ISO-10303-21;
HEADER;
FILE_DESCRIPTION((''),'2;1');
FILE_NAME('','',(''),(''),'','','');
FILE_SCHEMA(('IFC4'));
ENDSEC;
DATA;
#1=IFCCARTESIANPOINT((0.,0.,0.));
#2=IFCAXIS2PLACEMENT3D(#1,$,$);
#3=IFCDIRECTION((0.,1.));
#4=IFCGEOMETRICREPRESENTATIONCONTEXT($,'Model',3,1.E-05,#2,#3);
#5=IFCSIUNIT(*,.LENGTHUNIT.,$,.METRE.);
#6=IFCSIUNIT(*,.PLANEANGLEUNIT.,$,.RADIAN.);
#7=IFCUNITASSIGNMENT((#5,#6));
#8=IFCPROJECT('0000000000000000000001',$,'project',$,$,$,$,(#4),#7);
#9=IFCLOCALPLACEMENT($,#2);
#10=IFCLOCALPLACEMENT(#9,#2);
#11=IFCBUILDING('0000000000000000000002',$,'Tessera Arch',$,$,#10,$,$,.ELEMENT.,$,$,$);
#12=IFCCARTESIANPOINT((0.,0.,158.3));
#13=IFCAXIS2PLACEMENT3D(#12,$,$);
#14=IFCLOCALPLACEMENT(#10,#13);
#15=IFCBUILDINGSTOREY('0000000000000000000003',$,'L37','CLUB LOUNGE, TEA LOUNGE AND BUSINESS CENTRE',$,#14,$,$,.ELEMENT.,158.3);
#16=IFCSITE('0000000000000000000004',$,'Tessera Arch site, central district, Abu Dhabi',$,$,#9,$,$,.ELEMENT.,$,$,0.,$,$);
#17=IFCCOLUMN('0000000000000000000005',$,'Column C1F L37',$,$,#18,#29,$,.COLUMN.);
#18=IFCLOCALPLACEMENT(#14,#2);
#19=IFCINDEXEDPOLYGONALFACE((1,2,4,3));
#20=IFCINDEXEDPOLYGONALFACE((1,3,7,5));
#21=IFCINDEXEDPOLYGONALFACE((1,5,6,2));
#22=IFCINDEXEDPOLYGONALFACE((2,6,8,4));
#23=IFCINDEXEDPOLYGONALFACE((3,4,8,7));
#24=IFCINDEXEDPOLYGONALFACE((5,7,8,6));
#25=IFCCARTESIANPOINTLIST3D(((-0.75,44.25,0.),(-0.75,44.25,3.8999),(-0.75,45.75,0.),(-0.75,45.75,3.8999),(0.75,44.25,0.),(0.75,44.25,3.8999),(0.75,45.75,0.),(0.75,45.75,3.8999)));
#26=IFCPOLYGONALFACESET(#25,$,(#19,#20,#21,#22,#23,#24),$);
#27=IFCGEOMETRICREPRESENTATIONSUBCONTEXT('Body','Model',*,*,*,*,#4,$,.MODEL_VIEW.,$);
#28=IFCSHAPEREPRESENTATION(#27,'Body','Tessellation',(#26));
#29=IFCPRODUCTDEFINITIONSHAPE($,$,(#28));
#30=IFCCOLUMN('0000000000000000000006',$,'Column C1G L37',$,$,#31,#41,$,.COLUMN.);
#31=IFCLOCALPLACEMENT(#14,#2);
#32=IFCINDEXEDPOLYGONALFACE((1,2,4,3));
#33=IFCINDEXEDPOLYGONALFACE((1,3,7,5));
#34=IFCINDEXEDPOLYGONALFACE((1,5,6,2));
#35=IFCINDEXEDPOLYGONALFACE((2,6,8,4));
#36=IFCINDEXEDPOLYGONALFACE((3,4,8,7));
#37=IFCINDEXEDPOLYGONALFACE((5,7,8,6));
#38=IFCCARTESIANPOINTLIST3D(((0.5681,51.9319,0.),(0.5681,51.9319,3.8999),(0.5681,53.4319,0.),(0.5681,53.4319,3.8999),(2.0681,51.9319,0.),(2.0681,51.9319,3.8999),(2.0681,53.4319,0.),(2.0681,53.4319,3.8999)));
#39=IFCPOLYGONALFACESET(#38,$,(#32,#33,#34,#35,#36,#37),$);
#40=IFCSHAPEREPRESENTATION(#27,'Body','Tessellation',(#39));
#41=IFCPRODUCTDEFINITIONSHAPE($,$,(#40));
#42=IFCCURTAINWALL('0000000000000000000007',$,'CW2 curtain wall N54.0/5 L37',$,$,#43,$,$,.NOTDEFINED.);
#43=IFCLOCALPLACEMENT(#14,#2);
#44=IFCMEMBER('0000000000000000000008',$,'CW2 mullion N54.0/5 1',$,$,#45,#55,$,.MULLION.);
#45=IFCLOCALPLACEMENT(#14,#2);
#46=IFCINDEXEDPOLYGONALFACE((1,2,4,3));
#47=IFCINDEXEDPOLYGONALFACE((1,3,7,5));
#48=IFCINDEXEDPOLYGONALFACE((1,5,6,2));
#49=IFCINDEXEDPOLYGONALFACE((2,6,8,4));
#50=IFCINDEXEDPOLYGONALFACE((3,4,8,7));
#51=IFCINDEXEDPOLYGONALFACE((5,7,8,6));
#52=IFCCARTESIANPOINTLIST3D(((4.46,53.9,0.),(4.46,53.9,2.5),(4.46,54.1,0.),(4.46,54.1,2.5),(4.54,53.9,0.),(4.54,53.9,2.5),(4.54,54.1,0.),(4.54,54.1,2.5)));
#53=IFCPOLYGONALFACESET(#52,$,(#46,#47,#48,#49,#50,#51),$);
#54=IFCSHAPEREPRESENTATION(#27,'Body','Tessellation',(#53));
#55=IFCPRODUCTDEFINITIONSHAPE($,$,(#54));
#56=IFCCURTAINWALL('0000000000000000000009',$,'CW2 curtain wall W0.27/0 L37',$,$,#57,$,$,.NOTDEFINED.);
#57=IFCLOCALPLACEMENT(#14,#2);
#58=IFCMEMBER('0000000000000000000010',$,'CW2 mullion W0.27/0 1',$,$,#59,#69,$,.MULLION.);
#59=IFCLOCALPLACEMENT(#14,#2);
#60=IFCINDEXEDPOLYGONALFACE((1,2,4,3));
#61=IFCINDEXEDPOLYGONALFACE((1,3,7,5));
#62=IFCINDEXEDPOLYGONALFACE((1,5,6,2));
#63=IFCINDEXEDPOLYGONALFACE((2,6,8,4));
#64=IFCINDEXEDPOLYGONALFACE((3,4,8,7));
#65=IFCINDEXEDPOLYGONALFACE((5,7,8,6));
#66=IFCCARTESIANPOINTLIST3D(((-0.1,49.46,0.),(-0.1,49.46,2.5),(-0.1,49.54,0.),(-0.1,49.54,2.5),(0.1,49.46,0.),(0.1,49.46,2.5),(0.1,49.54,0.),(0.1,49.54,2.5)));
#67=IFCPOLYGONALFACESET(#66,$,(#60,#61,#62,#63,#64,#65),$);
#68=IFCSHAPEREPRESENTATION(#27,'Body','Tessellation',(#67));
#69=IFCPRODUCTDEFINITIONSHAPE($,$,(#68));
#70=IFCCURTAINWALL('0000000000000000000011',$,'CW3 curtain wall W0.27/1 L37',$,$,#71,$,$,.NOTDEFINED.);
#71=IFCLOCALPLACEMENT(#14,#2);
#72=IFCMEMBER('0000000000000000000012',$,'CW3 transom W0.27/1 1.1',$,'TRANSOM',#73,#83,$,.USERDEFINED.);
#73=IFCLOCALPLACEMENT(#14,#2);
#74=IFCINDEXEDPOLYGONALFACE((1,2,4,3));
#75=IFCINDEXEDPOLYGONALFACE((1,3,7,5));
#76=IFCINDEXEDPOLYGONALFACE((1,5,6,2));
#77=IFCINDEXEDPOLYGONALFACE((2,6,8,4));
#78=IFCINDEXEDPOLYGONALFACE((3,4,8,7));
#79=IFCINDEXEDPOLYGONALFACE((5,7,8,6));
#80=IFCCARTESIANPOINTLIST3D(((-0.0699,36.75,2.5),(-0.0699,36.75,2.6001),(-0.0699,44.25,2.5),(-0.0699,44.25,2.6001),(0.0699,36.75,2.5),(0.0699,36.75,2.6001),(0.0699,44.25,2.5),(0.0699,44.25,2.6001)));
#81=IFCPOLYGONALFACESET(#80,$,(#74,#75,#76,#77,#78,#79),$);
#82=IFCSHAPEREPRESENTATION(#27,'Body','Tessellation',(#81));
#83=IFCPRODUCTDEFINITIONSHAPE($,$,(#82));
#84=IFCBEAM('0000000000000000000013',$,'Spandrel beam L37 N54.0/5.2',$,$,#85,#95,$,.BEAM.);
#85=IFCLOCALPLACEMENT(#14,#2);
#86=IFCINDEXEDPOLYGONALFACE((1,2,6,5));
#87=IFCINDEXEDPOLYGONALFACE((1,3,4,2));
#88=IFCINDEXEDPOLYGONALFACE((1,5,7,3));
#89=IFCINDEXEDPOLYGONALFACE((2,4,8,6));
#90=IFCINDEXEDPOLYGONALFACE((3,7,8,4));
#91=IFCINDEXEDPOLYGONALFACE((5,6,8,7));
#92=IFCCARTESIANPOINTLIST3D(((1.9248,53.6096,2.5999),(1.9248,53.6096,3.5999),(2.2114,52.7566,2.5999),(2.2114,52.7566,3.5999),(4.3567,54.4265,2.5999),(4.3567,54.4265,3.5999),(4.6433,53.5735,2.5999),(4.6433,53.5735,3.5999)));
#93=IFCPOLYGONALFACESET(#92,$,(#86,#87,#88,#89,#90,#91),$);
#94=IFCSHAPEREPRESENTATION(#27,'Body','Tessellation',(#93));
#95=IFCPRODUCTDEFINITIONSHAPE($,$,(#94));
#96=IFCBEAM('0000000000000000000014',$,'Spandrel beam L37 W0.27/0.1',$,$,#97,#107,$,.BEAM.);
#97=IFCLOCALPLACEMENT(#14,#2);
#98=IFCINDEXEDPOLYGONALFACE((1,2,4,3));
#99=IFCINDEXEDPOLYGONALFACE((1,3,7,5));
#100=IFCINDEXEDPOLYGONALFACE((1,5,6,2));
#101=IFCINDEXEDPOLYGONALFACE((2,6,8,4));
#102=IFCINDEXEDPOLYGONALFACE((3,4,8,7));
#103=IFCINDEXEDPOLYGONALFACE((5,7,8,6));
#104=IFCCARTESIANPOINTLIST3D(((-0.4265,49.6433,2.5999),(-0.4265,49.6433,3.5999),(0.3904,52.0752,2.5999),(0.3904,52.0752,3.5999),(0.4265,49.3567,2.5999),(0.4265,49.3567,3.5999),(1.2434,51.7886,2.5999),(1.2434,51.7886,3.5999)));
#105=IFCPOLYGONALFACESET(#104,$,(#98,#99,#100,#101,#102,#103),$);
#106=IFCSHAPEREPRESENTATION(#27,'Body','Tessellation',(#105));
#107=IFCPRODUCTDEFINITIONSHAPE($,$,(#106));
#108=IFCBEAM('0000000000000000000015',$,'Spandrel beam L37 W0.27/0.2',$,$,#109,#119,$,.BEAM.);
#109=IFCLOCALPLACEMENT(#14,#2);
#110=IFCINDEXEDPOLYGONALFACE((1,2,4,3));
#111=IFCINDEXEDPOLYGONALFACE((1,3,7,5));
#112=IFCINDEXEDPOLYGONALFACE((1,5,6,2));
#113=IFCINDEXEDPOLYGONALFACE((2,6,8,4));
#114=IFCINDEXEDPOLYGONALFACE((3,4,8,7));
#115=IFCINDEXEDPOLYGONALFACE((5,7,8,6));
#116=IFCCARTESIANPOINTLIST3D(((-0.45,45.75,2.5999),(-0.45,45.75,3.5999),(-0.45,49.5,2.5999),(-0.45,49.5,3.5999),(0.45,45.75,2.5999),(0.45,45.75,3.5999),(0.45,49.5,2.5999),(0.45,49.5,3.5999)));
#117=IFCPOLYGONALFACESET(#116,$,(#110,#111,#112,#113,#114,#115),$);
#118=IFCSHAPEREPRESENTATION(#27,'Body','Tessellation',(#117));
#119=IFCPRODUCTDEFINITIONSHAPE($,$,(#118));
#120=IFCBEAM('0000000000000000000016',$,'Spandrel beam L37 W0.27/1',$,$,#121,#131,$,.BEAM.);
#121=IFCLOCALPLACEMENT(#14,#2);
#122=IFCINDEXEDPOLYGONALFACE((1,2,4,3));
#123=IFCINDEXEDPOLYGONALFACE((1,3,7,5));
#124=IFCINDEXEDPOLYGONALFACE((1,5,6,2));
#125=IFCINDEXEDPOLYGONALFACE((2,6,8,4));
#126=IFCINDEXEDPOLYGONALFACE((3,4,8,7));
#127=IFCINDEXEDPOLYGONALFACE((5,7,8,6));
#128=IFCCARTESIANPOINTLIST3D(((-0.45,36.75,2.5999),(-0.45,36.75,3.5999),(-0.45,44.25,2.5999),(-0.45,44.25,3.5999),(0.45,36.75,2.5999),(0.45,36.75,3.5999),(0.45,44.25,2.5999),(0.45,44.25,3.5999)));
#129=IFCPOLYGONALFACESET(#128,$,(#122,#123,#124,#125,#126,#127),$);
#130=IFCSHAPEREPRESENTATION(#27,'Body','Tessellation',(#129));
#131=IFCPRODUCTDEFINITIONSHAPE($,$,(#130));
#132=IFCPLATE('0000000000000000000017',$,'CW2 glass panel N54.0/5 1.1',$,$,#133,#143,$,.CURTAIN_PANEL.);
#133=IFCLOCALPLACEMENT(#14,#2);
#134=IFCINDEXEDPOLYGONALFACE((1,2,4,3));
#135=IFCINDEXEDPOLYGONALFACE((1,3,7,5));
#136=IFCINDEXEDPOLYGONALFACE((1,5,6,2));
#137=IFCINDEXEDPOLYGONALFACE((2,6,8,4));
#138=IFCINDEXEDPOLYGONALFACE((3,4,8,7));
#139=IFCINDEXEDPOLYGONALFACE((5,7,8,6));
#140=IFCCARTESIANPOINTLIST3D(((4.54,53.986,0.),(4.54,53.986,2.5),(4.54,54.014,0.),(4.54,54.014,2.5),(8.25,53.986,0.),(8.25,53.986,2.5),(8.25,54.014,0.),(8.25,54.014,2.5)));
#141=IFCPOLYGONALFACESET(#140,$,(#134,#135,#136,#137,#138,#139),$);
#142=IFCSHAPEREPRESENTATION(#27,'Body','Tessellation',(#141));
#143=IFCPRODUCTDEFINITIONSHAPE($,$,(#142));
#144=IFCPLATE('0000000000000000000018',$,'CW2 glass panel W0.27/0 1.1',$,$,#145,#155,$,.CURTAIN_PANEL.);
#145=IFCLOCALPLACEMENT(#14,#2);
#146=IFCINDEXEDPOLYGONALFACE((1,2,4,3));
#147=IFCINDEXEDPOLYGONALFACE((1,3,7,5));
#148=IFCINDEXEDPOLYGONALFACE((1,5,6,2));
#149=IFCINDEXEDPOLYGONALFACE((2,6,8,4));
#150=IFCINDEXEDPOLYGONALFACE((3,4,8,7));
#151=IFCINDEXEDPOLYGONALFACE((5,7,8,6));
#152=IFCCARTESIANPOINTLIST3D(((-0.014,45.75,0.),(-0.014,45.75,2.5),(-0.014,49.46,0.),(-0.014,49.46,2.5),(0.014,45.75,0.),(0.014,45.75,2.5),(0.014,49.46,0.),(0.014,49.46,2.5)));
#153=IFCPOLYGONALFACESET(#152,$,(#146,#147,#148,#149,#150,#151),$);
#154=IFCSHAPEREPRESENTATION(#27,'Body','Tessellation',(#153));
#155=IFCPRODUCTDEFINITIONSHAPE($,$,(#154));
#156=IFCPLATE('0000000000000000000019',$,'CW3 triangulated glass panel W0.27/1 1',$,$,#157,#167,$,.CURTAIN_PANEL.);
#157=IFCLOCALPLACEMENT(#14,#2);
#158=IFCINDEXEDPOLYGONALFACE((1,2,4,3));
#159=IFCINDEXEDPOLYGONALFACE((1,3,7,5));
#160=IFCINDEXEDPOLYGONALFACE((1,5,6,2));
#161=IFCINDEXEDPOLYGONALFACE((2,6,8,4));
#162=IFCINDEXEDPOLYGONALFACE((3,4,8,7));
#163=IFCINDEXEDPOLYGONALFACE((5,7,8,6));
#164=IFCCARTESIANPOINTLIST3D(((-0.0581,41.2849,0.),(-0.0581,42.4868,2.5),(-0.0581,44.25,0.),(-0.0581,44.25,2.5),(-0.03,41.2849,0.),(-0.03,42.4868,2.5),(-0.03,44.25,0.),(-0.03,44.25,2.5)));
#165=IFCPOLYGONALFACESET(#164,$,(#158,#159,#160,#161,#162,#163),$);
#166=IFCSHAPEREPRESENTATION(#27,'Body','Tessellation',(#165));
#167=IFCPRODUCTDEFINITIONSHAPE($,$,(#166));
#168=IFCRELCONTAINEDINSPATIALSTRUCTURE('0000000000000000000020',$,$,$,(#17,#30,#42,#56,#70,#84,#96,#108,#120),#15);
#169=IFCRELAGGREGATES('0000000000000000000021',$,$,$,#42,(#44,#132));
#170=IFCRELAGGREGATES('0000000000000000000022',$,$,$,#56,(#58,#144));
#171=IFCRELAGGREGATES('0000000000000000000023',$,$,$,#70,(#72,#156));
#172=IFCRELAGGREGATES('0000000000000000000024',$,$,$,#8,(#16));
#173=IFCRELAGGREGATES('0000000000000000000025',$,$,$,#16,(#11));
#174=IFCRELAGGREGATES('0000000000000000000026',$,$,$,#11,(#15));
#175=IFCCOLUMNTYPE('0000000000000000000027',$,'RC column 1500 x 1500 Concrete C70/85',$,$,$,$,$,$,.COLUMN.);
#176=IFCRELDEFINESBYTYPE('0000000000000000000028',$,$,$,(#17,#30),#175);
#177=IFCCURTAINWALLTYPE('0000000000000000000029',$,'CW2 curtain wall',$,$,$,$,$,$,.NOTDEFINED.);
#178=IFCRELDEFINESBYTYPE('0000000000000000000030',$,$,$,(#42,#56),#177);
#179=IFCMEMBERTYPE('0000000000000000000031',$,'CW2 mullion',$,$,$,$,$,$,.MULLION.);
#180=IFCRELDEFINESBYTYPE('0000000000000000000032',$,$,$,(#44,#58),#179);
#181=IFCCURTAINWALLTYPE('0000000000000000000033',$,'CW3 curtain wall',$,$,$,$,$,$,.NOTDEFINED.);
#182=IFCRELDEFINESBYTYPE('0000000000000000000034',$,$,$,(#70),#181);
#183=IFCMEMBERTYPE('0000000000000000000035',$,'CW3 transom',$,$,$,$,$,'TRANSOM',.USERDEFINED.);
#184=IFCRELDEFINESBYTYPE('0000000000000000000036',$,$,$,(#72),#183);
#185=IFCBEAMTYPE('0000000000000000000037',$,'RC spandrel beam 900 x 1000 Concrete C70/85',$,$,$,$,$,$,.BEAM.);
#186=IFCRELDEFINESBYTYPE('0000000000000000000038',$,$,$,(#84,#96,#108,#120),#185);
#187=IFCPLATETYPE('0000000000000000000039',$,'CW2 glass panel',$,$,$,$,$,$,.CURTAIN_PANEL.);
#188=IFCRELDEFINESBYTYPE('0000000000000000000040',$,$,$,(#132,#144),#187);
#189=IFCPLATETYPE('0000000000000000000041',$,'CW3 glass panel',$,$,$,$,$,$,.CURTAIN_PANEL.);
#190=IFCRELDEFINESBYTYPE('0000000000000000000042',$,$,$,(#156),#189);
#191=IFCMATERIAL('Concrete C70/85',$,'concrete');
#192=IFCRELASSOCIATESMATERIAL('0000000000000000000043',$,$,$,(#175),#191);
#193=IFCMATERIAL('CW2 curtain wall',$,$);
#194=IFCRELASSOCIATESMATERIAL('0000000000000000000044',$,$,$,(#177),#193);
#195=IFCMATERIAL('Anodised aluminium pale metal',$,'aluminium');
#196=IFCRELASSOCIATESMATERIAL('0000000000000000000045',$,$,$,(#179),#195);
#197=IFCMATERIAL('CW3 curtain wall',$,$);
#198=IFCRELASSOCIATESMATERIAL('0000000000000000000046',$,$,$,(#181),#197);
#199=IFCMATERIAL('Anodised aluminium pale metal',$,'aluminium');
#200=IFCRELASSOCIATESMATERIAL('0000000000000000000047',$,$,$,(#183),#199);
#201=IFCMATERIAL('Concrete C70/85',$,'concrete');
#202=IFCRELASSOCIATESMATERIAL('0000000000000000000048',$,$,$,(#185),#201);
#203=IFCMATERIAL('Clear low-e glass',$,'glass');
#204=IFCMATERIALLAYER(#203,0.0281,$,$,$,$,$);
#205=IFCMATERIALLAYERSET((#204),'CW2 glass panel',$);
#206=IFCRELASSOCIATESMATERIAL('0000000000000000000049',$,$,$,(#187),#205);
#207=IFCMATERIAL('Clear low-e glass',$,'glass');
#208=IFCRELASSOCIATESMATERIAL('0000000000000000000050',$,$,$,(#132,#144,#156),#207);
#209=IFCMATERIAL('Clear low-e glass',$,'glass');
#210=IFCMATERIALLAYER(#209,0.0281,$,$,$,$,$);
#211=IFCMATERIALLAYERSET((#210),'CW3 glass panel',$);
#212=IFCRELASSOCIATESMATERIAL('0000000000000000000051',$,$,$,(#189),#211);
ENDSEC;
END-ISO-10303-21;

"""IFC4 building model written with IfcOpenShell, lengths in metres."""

from ifc_helpers import new_model, si_unit, direction, frame, origin, origin_2d, place, context, subcontext, project, spatial, polyline, rectangle, outline, extrude, material, layer, layer_set, material_profile, profile_set, type_object, element, aggregate, save


model = new_model("IFC4")

# Units and contexts
model_context = context("Model", 3, precision=1e-05, world=origin(), true_north=direction((0.0, 1.0)))
body_context = subcontext(model_context, "Body", "Model", "MODEL_VIEW")
ifc_project = project(units=[si_unit("LENGTHUNIT", "METRE"), si_unit("PLANEANGLEUNIT", "RADIAN")], contexts=[model_context])

# Site, building, storey
site_placement = place(None, origin())
site = spatial("IfcSite", under=ifc_project, at=site_placement, Name="Tessera Arch site, central district, Abu Dhabi", CompositionType="ELEMENT", RefElevation=0.0)
building_placement = place(site_placement, origin())
building = spatial("IfcBuilding", under=site, at=building_placement, Name="Tessera Arch", CompositionType="ELEMENT")
storey_placement = place(building_placement, frame((0.0, 0.0, 158.3)))
storey = spatial("IfcBuildingStorey", under=building, at=storey_placement, Name="L37", Description="CLUB LOUNGE, TEA LOUNGE AND BUSINESS CENTRE", CompositionType="ELEMENT", Elevation=158.3)

# Columns
ifc_material_1 = material(Name="Concrete C70/85", Category="concrete")
ifc_material_profile_1 = material_profile(ifc_material_1, rectangle(XDim=1.5, YDim=1.5, at=origin_2d()), Name="RC column 1500 x 1500 Concrete C70/85")
ifc_profile_set_1 = profile_set([ifc_material_profile_1], Name="Concrete C70/85")
column_type = type_object("IfcColumnType", Name="RC column 1500 x 1500 Concrete C70/85", PredefinedType="COLUMN", material=ifc_profile_set_1)
for number, where, z_axis, x_axis, name in (
    (1, (0.0, 45.0, 0.0), (0.0, 0.0, 1.0), (1.0, 0.0, 0.0), "Column C1F L37"),
    (2, (1.3181, 52.6819, 0.0), (0.0, 0.0, 1.0), (1.0, 0.0, 0.0), "Column C1G L37"),
):
    element("IfcColumn", number, at=place(storey_placement, frame(where, z_axis=z_axis, x_axis=x_axis)), inside=storey, type_object=column_type, Name=name, PredefinedType="COLUMN", context=body_context, shape_type="SweptSolid", body=[
        extrude(rectangle(XDim=1.5, YDim=1.5, at=origin_2d()), origin(), (0.0, 0.0, 1.0), 3.8999),
    ])

# Curtain walls, members
ifc_material_2 = material(Name="CW2 curtain wall")
curtain_wall_type_1 = type_object("IfcCurtainWallType", Name="CW2 curtain wall", PredefinedType="NOTDEFINED", material=ifc_material_2)
curtain_wall_1_placement = place(storey_placement, origin())
curtain_wall_1 = element("IfcCurtainWall", 3, at=curtain_wall_1_placement, inside=storey, type_object=curtain_wall_type_1, Name="CW2 curtain wall N54.0/5 L37", PredefinedType="NOTDEFINED")
ifc_material_3 = material(Name="Anodised aluminium pale metal", Category="aluminium")
ifc_material_profile_2 = material_profile(ifc_material_3, rectangle(XDim=0.2, YDim=0.0801, at=origin_2d()), Name="AL 80x200")
ifc_profile_set_2 = profile_set([ifc_material_profile_2], Name="Anodised aluminium pale metal")
member_type_1 = type_object("IfcMemberType", Name="CW2 mullion", PredefinedType="MULLION", material=ifc_profile_set_2)
member_1_placement = place(storey_placement, frame((4.5, 54.0, 0.0), z_axis=(0.0, 0.0, 1.0), x_axis=(0.0, -1.0, 0.0)))
member_1 = element("IfcMember", 4, at=member_1_placement, type_object=member_type_1, Name="CW2 mullion N54.0/5 1", PredefinedType="MULLION", context=body_context, shape_type="SweptSolid", body=[
    extrude(rectangle(XDim=0.2, YDim=0.0801, at=origin_2d()), origin(), (0.0, 0.0, 1.0), 2.5),
])
curtain_wall_2_placement = place(storey_placement, origin())
curtain_wall_2 = element("IfcCurtainWall", 5, at=curtain_wall_2_placement, inside=storey, type_object=curtain_wall_type_1, Name="CW2 curtain wall W0.27/0 L37", PredefinedType="NOTDEFINED")
member_2_placement = place(storey_placement, frame((0.0, 49.5, 0.0), z_axis=(0.0, 0.0, 1.0), x_axis=(1.0, 0.0, 0.0)))
member_2 = element("IfcMember", 6, at=member_2_placement, type_object=member_type_1, Name="CW2 mullion W0.27/0 1", PredefinedType="MULLION", context=body_context, shape_type="SweptSolid", body=[
    extrude(rectangle(XDim=0.2, YDim=0.0801, at=origin_2d()), origin(), (0.0, 0.0, 1.0), 2.5),
])
ifc_material_4 = material(Name="CW3 curtain wall")
curtain_wall_type_2 = type_object("IfcCurtainWallType", Name="CW3 curtain wall", PredefinedType="NOTDEFINED", material=ifc_material_4)
curtain_wall_3_placement = place(storey_placement, origin())
curtain_wall_3 = element("IfcCurtainWall", 7, at=curtain_wall_3_placement, inside=storey, type_object=curtain_wall_type_2, Name="CW3 curtain wall W0.27/1 L37", PredefinedType="NOTDEFINED")
ifc_material_5 = material(Name="Anodised aluminium pale metal", Category="aluminium")
ifc_material_profile_3 = material_profile(ifc_material_5, rectangle(XDim=0.1399, YDim=0.1001, at=origin_2d()), Name="AL 140x100")
ifc_profile_set_3 = profile_set([ifc_material_profile_3], Name="Anodised aluminium pale metal")
member_type_2 = type_object("IfcMemberType", Name="CW3 transom", ElementType="TRANSOM", PredefinedType="USERDEFINED", material=ifc_profile_set_3)
member_3_placement = place(storey_placement, frame((0.0, 44.25, 2.55), z_axis=(0.0, -1.0, 0.0), x_axis=(1.0, 0.0, 0.0)))
member_3 = element("IfcMember", 8, at=member_3_placement, type_object=member_type_2, Name="CW3 transom W0.27/1 1.1", ObjectType="TRANSOM", PredefinedType="USERDEFINED", context=body_context, shape_type="SweptSolid", body=[
    extrude(rectangle(XDim=0.1399, YDim=0.1001, at=origin_2d()), origin(), (0.0, 0.0, 1.0), 7.5),
])

# Beams
ifc_material_6 = material(Name="Concrete C70/85", Category="concrete")
ifc_material_profile_4 = material_profile(ifc_material_6, rectangle(XDim=0.8999, YDim=1.0, at=origin_2d()), Name="RC spandrel beam 900 x 1000 Concrete C70/85")
ifc_profile_set_4 = profile_set([ifc_material_profile_4], Name="Concrete C70/85")
beam_type = type_object("IfcBeamType", Name="RC spandrel beam 900 x 1000 Concrete C70/85", PredefinedType="BEAM", material=ifc_profile_set_4)
for number, where, z_axis, x_axis, name in (
    (9, (4.5, 54.0, 3.0999), (-0.947948, -0.318425, 0.0), (0.318425, -0.947948, 0.0), "Spandrel beam L37 N54.0/5.2"),
    (10, (0.8169, 51.9319, 3.0999), (-0.318425, -0.947948, 0.0), (0.947948, -0.318425, 0.0), "Spandrel beam L37 W0.27/0.1"),
):
    element("IfcBeam", number, at=place(storey_placement, frame(where, z_axis=z_axis, x_axis=x_axis)), inside=storey, type_object=beam_type, Name=name, PredefinedType="BEAM", context=body_context, shape_type="SweptSolid", body=[
        extrude(rectangle(XDim=0.8999, YDim=1.0, at=origin_2d()), origin(), (0.0, 0.0, 1.0), 2.5654),
    ])
beam_1_placement = place(storey_placement, frame((0.0, 49.5, 3.0999), z_axis=(0.0, -1.0, 0.0), x_axis=(1.0, 0.0, 0.0)))
element("IfcBeam", 11, at=beam_1_placement, inside=storey, type_object=beam_type, Name="Spandrel beam L37 W0.27/0.2", PredefinedType="BEAM", context=body_context, shape_type="SweptSolid", body=[
    extrude(rectangle(XDim=0.8999, YDim=1.0, at=origin_2d()), origin(), (0.0, 0.0, 1.0), 3.75),
])
beam_2_placement = place(storey_placement, frame((0.0, 44.25, 3.0999), z_axis=(0.0, -1.0, 0.0), x_axis=(1.0, 0.0, 0.0)))
element("IfcBeam", 12, at=beam_2_placement, inside=storey, type_object=beam_type, Name="Spandrel beam L37 W0.27/1", PredefinedType="BEAM", context=body_context, shape_type="SweptSolid", body=[
    extrude(rectangle(XDim=0.8999, YDim=1.0, at=origin_2d()), origin(), (0.0, 0.0, 1.0), 7.5),
])

# Plates
ifc_material_7 = material(Name="Clear low-e glass", Category="glass")
ifc_material_8 = material(Name="Clear low-e glass", Category="glass")
ifc_layer_1 = layer(ifc_material_8, 0.0281)
ifc_layer_set_1 = layer_set([ifc_layer_1], Name="CW2 glass panel")
plate_type_1 = type_object("IfcPlateType", Name="CW2 glass panel", PredefinedType="CURTAIN_PANEL", material=ifc_layer_set_1)
plate_1_placement = place(storey_placement, frame((6.395, 54.0, 0.0), z_axis=(0.0, 0.0, 1.0), x_axis=(-1.0, 0.0, 0.0)))
plate_1 = element("IfcPlate", 13, at=plate_1_placement, type_object=plate_type_1, material=ifc_material_7, Name="CW2 glass panel N54.0/5 1.1", PredefinedType="CURTAIN_PANEL", context=body_context, shape_type="SweptSolid", body=[
    extrude(rectangle(XDim=3.71, YDim=0.0281, at=origin_2d()), origin(), (0.0, 0.0, 1.0), 2.5),
])
aggregate(curtain_wall_1, [member_1, plate_1])
plate_2_placement = place(storey_placement, frame((0.0, 47.605, 0.0), z_axis=(0.0, 0.0, 1.0), x_axis=(0.0, -1.0, 0.0)))
plate_2 = element("IfcPlate", 14, at=plate_2_placement, type_object=plate_type_1, material=ifc_material_7, Name="CW2 glass panel W0.27/0 1.1", PredefinedType="CURTAIN_PANEL", context=body_context, shape_type="SweptSolid", body=[
    extrude(rectangle(XDim=3.71, YDim=0.0281, at=origin_2d()), origin(), (0.0, 0.0, 1.0), 2.5),
])
aggregate(curtain_wall_2, [member_2, plate_2])
ifc_material_9 = material(Name="Clear low-e glass", Category="glass")
ifc_layer_2 = layer(ifc_material_9, 0.0281)
ifc_layer_set_2 = layer_set([ifc_layer_2], Name="CW3 glass panel")
plate_type_2 = type_object("IfcPlateType", Name="CW3 glass panel", PredefinedType="CURTAIN_PANEL", material=ifc_layer_set_2)
plate_3_placement = place(storey_placement, frame((-0.0581, 44.25, 0.0), z_axis=(-1.0, 0.0, 0.0), x_axis=(0.0, -1.0, 0.0)))
plate_3 = element("IfcPlate", 15, at=plate_3_placement, type_object=plate_type_2, material=ifc_material_7, Name="CW3 triangulated glass panel W0.27/1 1", PredefinedType="CURTAIN_PANEL", context=body_context, shape_type="SweptSolid", body=[
    extrude(outline(polyline([(0.0, 0.0), (2.9651, 0.0), (1.7632, 2.5), (0.0, 2.5), (0.0, 0.0)])), origin(), (0.0, 0.0, -1.0), 0.0281),
])
aggregate(curtain_wall_3, [member_3, plate_3])

save(model, "model.ifc")
